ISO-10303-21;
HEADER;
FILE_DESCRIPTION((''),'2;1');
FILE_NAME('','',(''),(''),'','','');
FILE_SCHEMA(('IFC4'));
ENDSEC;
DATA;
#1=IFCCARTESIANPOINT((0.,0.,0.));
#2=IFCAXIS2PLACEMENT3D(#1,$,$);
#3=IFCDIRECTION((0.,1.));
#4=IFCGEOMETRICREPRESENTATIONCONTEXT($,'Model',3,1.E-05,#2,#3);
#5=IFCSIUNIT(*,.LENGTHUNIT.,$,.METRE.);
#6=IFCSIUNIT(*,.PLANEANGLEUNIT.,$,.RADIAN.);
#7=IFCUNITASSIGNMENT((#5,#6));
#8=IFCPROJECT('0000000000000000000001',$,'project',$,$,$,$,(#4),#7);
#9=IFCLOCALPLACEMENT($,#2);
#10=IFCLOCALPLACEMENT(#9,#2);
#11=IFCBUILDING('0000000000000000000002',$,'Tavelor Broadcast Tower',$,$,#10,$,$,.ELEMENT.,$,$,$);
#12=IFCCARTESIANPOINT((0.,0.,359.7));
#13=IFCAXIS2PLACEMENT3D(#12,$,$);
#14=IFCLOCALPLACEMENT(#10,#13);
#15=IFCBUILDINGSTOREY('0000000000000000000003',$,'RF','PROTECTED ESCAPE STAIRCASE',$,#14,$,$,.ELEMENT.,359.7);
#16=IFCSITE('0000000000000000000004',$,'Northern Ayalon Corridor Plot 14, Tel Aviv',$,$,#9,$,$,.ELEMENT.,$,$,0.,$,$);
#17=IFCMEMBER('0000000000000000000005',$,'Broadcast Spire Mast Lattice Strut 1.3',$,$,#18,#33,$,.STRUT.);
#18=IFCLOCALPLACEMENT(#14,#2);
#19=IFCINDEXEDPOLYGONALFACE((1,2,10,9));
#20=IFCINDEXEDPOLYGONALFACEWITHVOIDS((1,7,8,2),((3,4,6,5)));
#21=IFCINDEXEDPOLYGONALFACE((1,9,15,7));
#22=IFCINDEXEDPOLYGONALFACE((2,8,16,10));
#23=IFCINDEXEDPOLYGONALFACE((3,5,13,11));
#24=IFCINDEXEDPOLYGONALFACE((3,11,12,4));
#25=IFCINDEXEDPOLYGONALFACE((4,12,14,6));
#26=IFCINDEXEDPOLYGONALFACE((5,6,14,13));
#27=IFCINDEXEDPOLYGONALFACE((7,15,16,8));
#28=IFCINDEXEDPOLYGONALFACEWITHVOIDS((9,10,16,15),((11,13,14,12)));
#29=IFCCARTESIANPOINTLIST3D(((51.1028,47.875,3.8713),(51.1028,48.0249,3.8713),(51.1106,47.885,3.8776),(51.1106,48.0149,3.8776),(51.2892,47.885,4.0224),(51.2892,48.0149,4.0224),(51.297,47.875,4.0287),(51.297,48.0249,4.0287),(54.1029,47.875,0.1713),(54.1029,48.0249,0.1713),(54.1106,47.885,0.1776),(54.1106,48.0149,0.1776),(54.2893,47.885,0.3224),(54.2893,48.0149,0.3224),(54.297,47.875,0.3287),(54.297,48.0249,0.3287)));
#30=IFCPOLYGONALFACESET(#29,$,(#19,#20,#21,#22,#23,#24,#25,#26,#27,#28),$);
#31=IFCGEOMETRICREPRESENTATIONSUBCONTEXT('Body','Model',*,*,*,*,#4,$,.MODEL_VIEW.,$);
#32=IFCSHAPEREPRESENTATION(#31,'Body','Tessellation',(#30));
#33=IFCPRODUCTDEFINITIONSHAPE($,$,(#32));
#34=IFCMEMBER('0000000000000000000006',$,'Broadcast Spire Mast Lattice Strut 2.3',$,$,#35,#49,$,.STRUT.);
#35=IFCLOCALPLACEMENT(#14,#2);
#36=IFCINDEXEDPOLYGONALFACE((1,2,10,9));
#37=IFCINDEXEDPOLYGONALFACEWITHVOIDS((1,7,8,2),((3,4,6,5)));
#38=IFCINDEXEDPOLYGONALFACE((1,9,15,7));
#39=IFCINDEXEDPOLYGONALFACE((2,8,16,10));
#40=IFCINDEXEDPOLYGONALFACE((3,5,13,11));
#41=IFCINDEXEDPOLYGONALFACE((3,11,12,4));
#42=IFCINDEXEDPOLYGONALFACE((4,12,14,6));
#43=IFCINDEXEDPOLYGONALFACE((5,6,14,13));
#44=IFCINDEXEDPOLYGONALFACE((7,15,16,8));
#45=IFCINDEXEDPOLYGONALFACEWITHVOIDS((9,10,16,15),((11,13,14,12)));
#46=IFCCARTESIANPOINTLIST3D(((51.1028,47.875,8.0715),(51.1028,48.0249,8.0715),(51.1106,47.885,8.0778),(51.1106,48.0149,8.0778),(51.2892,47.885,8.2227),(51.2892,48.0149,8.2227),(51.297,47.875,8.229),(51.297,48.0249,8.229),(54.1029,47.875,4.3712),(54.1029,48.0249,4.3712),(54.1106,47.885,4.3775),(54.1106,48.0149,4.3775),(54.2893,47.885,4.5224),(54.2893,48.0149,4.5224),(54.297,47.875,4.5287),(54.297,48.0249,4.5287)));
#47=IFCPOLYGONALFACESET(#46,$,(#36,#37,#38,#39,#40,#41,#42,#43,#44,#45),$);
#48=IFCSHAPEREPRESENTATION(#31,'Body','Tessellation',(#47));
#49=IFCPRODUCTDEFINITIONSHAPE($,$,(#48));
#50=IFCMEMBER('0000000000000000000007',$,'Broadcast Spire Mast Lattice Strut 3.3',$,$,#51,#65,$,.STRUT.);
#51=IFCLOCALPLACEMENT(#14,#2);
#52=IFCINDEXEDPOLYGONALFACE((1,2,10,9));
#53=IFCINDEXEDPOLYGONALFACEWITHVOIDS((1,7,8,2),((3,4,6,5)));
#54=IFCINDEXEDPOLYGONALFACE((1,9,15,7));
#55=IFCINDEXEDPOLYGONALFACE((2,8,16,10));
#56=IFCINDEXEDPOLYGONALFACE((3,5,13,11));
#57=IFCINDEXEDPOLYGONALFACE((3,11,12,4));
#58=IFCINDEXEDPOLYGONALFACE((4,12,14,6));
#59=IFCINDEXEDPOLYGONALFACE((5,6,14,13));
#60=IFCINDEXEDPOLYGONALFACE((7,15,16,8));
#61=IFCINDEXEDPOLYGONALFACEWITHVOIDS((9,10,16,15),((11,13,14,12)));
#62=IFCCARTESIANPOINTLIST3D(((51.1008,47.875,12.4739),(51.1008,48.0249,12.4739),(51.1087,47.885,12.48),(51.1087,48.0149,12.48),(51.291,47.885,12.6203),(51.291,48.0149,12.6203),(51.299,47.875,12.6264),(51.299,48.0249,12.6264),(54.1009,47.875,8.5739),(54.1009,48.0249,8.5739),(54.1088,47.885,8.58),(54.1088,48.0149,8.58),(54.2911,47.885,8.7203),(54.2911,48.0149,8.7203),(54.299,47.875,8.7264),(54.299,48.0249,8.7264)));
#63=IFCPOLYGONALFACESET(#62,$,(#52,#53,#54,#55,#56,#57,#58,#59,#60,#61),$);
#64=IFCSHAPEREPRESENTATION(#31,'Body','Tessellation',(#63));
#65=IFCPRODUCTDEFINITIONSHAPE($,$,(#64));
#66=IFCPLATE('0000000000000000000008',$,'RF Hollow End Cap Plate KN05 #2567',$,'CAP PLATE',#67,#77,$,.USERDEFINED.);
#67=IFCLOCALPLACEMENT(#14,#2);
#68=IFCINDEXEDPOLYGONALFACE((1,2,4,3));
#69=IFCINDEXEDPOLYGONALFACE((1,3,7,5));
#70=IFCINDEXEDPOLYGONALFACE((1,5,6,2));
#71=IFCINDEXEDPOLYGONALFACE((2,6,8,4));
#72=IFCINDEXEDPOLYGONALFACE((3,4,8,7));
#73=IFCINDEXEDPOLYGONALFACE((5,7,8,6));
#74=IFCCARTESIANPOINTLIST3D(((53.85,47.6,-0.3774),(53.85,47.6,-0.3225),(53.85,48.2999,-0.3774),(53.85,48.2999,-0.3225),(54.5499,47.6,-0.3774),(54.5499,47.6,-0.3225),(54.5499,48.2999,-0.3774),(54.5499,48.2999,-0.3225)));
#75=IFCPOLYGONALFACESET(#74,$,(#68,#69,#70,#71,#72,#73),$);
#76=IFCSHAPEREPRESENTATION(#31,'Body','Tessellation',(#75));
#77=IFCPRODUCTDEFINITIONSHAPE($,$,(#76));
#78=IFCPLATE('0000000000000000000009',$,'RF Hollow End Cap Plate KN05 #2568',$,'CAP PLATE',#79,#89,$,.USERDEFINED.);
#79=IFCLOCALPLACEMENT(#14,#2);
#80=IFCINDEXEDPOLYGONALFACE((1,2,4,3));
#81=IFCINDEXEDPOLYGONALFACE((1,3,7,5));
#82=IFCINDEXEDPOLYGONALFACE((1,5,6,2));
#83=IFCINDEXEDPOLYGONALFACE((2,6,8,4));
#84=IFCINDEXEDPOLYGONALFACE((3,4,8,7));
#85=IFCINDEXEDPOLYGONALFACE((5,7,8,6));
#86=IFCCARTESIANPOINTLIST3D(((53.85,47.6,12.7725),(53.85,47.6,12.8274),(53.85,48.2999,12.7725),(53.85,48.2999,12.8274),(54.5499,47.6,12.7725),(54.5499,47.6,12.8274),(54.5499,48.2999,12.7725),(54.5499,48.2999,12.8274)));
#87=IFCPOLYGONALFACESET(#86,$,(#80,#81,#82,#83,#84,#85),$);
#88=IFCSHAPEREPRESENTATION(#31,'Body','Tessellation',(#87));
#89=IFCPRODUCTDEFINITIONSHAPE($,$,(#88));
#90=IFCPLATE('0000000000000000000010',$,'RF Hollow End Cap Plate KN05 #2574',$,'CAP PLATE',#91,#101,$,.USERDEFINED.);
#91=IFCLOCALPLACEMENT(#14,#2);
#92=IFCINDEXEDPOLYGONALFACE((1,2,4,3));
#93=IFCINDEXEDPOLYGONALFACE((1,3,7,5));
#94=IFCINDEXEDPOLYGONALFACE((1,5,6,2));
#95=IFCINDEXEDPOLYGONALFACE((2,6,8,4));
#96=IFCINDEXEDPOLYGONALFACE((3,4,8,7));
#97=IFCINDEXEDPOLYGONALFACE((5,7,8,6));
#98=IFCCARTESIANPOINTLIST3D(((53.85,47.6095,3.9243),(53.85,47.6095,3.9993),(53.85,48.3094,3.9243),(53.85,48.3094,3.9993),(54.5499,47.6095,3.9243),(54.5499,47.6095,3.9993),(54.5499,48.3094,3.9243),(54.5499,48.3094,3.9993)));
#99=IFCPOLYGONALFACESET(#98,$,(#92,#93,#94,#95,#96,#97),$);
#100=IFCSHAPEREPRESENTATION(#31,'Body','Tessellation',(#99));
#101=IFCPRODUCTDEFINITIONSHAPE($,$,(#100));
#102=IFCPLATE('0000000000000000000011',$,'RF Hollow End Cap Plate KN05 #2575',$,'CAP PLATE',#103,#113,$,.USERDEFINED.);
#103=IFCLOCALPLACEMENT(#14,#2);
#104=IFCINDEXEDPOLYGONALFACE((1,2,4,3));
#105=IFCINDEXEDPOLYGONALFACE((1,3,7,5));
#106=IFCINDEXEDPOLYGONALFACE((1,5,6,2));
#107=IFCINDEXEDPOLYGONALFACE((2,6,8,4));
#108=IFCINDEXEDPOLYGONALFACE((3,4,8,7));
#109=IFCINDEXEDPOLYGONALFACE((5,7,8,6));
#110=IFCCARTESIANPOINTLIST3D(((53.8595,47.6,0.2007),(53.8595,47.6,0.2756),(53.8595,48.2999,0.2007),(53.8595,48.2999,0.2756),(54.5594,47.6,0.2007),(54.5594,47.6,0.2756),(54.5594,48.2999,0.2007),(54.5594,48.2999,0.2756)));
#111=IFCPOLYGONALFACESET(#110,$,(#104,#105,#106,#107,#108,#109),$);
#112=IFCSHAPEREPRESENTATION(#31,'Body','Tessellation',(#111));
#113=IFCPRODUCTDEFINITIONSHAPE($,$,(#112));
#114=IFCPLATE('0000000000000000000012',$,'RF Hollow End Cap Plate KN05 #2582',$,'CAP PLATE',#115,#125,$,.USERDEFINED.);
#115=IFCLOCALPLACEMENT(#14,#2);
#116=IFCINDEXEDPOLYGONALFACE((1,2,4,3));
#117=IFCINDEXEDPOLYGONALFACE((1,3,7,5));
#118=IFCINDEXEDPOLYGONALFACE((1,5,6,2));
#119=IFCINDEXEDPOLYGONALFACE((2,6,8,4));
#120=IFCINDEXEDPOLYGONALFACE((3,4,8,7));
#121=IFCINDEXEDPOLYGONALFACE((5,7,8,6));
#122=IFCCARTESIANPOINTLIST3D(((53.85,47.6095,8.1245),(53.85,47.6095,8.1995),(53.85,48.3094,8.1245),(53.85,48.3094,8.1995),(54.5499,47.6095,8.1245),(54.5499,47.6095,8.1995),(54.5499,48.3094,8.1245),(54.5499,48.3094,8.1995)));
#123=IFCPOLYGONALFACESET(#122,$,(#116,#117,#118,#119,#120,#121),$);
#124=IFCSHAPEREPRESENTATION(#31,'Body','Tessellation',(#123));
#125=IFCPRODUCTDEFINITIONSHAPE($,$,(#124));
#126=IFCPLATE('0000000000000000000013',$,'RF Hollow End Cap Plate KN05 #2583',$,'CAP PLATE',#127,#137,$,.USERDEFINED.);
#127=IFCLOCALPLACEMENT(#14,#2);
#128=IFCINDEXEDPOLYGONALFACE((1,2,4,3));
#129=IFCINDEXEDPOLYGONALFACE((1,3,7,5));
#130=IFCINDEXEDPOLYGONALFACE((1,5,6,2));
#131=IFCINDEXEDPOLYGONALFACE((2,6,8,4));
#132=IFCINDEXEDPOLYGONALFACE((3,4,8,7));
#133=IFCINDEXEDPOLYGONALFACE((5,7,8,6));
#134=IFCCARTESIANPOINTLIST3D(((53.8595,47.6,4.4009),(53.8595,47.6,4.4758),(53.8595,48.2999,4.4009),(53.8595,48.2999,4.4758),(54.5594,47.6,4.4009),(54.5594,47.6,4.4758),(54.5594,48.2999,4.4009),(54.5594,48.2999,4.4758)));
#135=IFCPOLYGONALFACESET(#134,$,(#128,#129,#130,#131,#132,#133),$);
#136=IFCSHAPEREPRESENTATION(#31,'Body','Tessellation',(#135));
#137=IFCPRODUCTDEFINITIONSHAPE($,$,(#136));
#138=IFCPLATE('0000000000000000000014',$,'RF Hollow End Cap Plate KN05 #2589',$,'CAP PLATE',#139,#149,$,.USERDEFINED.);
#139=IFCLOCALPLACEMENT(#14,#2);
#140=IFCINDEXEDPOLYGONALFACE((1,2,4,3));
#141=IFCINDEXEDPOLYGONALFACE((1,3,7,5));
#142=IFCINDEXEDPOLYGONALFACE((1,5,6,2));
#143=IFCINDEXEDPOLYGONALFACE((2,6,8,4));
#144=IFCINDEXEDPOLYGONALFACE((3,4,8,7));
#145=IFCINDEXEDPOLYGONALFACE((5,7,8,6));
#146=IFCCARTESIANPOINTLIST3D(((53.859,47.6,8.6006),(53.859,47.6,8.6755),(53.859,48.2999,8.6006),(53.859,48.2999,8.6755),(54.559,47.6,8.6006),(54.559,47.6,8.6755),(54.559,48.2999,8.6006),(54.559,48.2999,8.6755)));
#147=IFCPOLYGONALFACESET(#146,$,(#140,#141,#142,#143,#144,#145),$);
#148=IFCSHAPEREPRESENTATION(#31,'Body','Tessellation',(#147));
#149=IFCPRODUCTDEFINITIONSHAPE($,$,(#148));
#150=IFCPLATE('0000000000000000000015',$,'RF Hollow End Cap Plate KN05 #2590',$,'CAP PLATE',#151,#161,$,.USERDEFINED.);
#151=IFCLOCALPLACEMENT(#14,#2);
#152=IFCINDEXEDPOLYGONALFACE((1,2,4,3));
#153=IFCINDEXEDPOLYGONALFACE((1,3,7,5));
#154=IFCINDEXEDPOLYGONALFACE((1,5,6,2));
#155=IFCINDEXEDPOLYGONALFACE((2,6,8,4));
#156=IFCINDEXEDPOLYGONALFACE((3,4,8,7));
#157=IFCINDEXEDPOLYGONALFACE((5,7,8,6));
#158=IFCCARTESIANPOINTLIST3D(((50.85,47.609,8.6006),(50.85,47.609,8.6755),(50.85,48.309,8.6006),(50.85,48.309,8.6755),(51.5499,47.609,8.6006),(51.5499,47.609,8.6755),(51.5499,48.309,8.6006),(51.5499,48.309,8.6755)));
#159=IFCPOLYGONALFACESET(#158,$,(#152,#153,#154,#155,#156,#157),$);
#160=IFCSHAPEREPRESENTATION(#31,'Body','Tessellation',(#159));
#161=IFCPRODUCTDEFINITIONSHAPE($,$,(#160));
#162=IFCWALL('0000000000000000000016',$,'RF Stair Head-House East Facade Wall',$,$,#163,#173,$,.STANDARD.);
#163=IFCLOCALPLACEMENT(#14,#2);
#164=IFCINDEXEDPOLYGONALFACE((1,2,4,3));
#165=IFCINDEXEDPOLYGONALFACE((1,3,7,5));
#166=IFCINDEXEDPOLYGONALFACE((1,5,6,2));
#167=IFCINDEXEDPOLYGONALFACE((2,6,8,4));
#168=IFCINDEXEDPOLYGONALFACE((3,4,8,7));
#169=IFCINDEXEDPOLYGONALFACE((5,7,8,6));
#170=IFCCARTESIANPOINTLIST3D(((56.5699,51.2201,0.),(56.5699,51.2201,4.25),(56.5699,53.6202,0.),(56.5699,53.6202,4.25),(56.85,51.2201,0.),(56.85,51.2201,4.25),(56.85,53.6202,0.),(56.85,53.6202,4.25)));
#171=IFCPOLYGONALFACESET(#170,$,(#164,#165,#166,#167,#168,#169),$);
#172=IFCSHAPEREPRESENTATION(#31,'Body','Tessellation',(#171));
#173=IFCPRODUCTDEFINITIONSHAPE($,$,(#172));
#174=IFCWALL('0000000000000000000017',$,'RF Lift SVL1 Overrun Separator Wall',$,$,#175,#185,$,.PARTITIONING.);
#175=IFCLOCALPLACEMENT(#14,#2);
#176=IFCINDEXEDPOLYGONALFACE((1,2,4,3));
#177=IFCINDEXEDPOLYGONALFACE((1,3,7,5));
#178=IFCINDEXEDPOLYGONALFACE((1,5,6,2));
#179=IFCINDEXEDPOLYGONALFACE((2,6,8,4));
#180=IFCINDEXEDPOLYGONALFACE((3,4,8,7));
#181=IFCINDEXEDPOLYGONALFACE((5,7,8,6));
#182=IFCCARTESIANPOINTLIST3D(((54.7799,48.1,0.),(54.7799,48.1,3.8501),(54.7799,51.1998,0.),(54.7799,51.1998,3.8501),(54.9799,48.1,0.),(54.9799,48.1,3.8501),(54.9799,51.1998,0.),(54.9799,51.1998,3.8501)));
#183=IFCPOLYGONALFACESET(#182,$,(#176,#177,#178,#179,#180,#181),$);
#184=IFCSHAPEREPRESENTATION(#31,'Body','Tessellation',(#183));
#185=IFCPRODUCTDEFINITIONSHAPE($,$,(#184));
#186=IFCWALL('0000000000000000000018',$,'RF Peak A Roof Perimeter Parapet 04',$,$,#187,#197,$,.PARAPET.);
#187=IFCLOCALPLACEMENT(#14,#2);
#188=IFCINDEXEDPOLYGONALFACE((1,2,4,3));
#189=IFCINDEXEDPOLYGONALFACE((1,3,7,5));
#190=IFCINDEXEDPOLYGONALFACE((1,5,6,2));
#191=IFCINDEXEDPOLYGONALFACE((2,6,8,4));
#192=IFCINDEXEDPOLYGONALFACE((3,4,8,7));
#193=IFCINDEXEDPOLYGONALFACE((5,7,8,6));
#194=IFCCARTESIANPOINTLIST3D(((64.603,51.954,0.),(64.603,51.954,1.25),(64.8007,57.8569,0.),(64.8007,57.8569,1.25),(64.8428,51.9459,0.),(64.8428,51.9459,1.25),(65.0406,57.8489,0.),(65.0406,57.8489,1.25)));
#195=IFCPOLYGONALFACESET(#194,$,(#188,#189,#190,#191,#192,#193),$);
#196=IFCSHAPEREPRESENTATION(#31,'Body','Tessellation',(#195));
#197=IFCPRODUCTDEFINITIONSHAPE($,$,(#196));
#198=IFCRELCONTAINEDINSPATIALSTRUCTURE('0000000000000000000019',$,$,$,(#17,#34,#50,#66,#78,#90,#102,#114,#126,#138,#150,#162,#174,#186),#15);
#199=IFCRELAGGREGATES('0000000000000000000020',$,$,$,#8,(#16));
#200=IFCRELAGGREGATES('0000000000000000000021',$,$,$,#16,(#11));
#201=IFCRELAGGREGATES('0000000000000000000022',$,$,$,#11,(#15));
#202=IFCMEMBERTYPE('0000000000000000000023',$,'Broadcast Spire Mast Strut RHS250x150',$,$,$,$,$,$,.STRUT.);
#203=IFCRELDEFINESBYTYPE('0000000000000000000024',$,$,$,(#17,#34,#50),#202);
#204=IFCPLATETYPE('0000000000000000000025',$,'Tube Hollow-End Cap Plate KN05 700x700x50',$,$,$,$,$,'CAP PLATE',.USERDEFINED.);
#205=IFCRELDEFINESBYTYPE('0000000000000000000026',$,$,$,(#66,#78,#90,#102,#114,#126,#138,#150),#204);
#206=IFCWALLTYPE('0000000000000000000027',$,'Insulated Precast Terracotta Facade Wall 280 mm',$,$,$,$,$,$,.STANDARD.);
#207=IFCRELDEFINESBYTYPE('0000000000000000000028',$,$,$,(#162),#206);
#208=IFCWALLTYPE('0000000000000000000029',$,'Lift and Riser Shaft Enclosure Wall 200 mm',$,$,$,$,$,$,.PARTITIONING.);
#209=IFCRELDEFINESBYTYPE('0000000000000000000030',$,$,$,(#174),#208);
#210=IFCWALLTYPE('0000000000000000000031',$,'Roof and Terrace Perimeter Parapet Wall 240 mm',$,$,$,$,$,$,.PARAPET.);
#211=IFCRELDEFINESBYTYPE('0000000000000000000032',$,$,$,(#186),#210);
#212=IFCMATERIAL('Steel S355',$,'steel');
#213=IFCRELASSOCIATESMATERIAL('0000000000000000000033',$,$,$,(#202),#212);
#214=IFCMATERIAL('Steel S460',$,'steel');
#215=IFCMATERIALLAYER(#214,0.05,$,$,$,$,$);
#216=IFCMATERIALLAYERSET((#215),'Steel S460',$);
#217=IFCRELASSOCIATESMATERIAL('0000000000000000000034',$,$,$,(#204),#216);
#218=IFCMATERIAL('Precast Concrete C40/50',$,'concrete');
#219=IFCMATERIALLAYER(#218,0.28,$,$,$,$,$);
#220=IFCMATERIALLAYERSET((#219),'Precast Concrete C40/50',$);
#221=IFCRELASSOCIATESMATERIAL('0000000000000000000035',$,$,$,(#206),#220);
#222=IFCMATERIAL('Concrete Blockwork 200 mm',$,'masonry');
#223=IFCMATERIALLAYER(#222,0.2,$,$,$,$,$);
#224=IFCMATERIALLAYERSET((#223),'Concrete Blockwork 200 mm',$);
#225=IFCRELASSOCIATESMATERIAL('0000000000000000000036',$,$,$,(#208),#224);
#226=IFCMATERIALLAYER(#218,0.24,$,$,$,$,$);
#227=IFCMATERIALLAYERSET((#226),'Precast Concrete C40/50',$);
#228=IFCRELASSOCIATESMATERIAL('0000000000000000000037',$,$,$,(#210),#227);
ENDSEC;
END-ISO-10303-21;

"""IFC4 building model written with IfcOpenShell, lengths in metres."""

from ifc_helpers import new_model, si_unit, direction, frame, frame_2d, origin, origin_2d, place, context, subcontext, project, spatial, rectangle, hollow_rectangle, extrude, source, transform, mapped, material, layer, layer_set, material_profile, profile_set, type_object, type_shapes, element, save


model = new_model("IFC4")

# Units and contexts
model_context = context("Model", 3, precision=1e-05, world=origin(), true_north=direction((0.0, 1.0)))
body_context = subcontext(model_context, "Body", "Model", "MODEL_VIEW")
ifc_project = project(units=[si_unit("LENGTHUNIT", "METRE"), si_unit("PLANEANGLEUNIT", "RADIAN")], contexts=[model_context])

# Site, building, storey
site_placement = place(None, origin())
site = spatial("IfcSite", under=ifc_project, at=site_placement, Name="Northern Ayalon Corridor Plot 14, Tel Aviv", CompositionType="ELEMENT", RefElevation=0.0)
building_placement = place(site_placement, origin())
building = spatial("IfcBuilding", under=site, at=building_placement, Name="Tavelor Broadcast Tower", CompositionType="ELEMENT")
storey_placement = place(building_placement, frame((0.0, 0.0, 359.7)))
storey = spatial("IfcBuildingStorey", under=building, at=storey_placement, Name="RF", Description="PROTECTED ESCAPE STAIRCASE", CompositionType="ELEMENT", Elevation=359.7)

# Members
ifc_material_1 = material(Name="Steel S355", Category="steel")
ifc_material_profile = material_profile(ifc_material_1, hollow_rectangle(XDim=0.1499, YDim=0.25, WallThickness=0.01, at=origin_2d()), Name="RHS 250x150x10")
ifc_profile_set = profile_set([ifc_material_profile], Name="Steel S355")
member_type = type_object("IfcMemberType", Name="Broadcast Spire Mast Strut RHS250x150", PredefinedType="STRUT", material=ifc_profile_set)
member_1_placement = place(storey_placement, frame((54.2, 47.95, 0.25), z_axis=(-0.629807, 0.0, 0.776752), x_axis=(0.0, -1.0, 0.0)))
element("IfcMember", 1, at=member_1_placement, inside=storey, type_object=member_type, Name="Broadcast Spire Mast Lattice Strut 1.3", PredefinedType="STRUT", context=body_context, shape_type="SweptSolid", body=[
    extrude(hollow_rectangle(XDim=0.1499, YDim=0.25, WallThickness=0.01, at=origin_2d()), origin(), (0.0, 0.0, 1.0), 4.7634),
])
member_2_placement = place(storey_placement, frame((54.2, 47.95, 4.45), z_axis=(-0.629782, 0.0, 0.776772), x_axis=(0.0, -1.0, 0.0)))
element("IfcMember", 2, at=member_2_placement, inside=storey, type_object=member_type, Name="Broadcast Spire Mast Lattice Strut 2.3", PredefinedType="STRUT", context=body_context, shape_type="SweptSolid", body=[
    extrude(hollow_rectangle(XDim=0.1499, YDim=0.25, WallThickness=0.01, at=origin_2d()), origin(), (0.0, 0.0, 1.0), 4.7637),
])
member_3_placement = place(storey_placement, frame((54.2, 47.95, 8.6501), z_axis=(-0.60972, 0.0, 0.792617), x_axis=(0.0, -1.0, 0.0)))
element("IfcMember", 3, at=member_3_placement, inside=storey, type_object=member_type, Name="Broadcast Spire Mast Lattice Strut 3.3", PredefinedType="STRUT", context=body_context, shape_type="SweptSolid", body=[
    extrude(hollow_rectangle(XDim=0.1499, YDim=0.25, WallThickness=0.01, at=origin_2d()), origin(), (0.0, 0.0, 1.0), 4.9204),
])

# Plates
ifc_material_2 = material(Name="Steel S460", Category="steel")
ifc_layer_1 = layer(ifc_material_2, 0.05)
ifc_layer_set_1 = layer_set([ifc_layer_1], Name="Steel S460")
plate_type = type_object("IfcPlateType", Name="Tube Hollow-End Cap Plate KN05 700x700x50", ElementType="CAP PLATE", PredefinedType="USERDEFINED", material=ifc_layer_set_1)
shared_shape_1 = source(origin(), body_context, "Body", "SweptSolid", [
    extrude(rectangle(XDim=0.7, YDim=0.7, at=origin_2d()), origin(), (0.0, 0.0, 1.0), 0.0549),
])
for number, where, z_axis, x_axis, name in (
    (4, (54.2, 47.95, -0.3774), (0.0, 0.0, 1.0), (1.0, 0.0, 0.0), "RF Hollow End Cap Plate KN05 #2567"),
    (5, (54.2, 47.95, 12.7725), (0.0, 0.0, 1.0), (1.0, 0.0, 0.0), "RF Hollow End Cap Plate KN05 #2568"),
):
    element("IfcPlate", number, at=place(storey_placement, frame(where, z_axis=z_axis, x_axis=x_axis)), inside=storey, type_object=plate_type, Name=name, ObjectType="CAP PLATE", PredefinedType="USERDEFINED", context=body_context, shape_type="MappedRepresentation", body=[
        mapped(shared_shape_1, transform((0.0, 0.0, 0.0), scale=1.0)),
    ])
shared_shape_2 = source(origin(), body_context, "Body", "SweptSolid", [
    extrude(rectangle(XDim=0.7, YDim=0.7, at=origin_2d()), origin(), (0.0, 0.0, 1.0), 0.075),
])
type_shapes(plate_type, [shared_shape_1, shared_shape_2])
for number, where, z_axis, x_axis, name in (
    (6, (54.2, 47.9595, 3.9243), (0.0, 0.0, 1.0), (1.0, 0.0, 0.0), "RF Hollow End Cap Plate KN05 #2574"),
    (7, (54.2095, 47.95, 0.2007), (0.0, 0.0, 1.0), (1.0, 0.0, 0.0), "RF Hollow End Cap Plate KN05 #2575"),
    (8, (54.2, 47.9595, 8.1245), (0.0, 0.0, 1.0), (1.0, 0.0, 0.0), "RF Hollow End Cap Plate KN05 #2582"),
    (9, (54.2095, 47.95, 4.4009), (0.0, 0.0, 1.0), (1.0, 0.0, 0.0), "RF Hollow End Cap Plate KN05 #2583"),
    (10, (54.209, 47.95, 8.6006), (0.0, 0.0, 1.0), (1.0, 0.0, 0.0), "RF Hollow End Cap Plate KN05 #2589"),
    (11, (51.2, 47.959, 8.6006), (0.0, 0.0, 1.0), (1.0, 0.0, 0.0), "RF Hollow End Cap Plate KN05 #2590"),
):
    element("IfcPlate", number, at=place(storey_placement, frame(where, z_axis=z_axis, x_axis=x_axis)), inside=storey, type_object=plate_type, Name=name, ObjectType="CAP PLATE", PredefinedType="USERDEFINED", context=body_context, shape_type="MappedRepresentation", body=[
        mapped(shared_shape_2, transform((0.0, 0.0, 0.0), scale=1.0)),
    ])

# Walls
ifc_material_3 = material(Name="Precast Concrete C40/50", Category="concrete")
ifc_layer_2 = layer(ifc_material_3, 0.28)
ifc_layer_set_2 = layer_set([ifc_layer_2], Name="Precast Concrete C40/50")
wall_type_1 = type_object("IfcWallType", Name="Insulated Precast Terracotta Facade Wall 280 mm", PredefinedType="STANDARD", material=ifc_layer_set_2)
wall_1_placement = place(storey_placement, frame((56.71, 51.22, 0.0), z_axis=(0.0, 0.0, 1.0), x_axis=(0.0, 1.0, 0.0)))
element("IfcWall", 12, at=wall_1_placement, inside=storey, type_object=wall_type_1, Name="RF Stair Head-House East Facade Wall", PredefinedType="STANDARD", context=body_context, shape_type="SweptSolid", body=[
    extrude(rectangle(XDim=2.4001, YDim=0.28, at=frame_2d((1.2002, 0.0))), origin(), (0.0, 0.0, 1.0), 4.25),
])
ifc_material_4 = material(Name="Concrete Blockwork 200 mm", Category="masonry")
ifc_layer_3 = layer(ifc_material_4, 0.2)
ifc_layer_set_3 = layer_set([ifc_layer_3], Name="Concrete Blockwork 200 mm")
wall_type_2 = type_object("IfcWallType", Name="Lift and Riser Shaft Enclosure Wall 200 mm", PredefinedType="PARTITIONING", material=ifc_layer_set_3)
wall_2_placement = place(storey_placement, frame((54.8799, 48.1001, 0.0), z_axis=(0.0, 0.0, 1.0), x_axis=(0.0, 1.0, 0.0)))
element("IfcWall", 13, at=wall_2_placement, inside=storey, type_object=wall_type_2, Name="RF Lift SVL1 Overrun Separator Wall", PredefinedType="PARTITIONING", context=body_context, shape_type="SweptSolid", body=[
    extrude(rectangle(XDim=3.0999, YDim=0.2, at=frame_2d((1.5498, 0.0))), origin(), (0.0, 0.0, 1.0), 3.8501),
])
ifc_layer_4 = layer(ifc_material_3, 0.24)
ifc_layer_set_4 = layer_set([ifc_layer_4], Name="Precast Concrete C40/50")
wall_type_3 = type_object("IfcWallType", Name="Roof and Terrace Perimeter Parapet Wall 240 mm", PredefinedType="PARAPET", material=ifc_layer_set_4)
wall_3_placement = place(storey_placement, frame((64.7229, 51.95, 0.0), z_axis=(0.0, 0.0, 1.0), x_axis=(0.033483, 0.999439, 0.0)))
element("IfcWall", 14, at=wall_3_placement, inside=storey, type_object=wall_type_3, Name="RF Peak A Roof Perimeter Parapet 04", PredefinedType="PARAPET", context=body_context, shape_type="SweptSolid", body=[
    extrude(rectangle(XDim=5.9062, YDim=0.24, at=frame_2d((2.9531, 0.0))), origin(), (0.0, 0.0, 1.0), 1.25),
])

save(model, "model.ifc")
